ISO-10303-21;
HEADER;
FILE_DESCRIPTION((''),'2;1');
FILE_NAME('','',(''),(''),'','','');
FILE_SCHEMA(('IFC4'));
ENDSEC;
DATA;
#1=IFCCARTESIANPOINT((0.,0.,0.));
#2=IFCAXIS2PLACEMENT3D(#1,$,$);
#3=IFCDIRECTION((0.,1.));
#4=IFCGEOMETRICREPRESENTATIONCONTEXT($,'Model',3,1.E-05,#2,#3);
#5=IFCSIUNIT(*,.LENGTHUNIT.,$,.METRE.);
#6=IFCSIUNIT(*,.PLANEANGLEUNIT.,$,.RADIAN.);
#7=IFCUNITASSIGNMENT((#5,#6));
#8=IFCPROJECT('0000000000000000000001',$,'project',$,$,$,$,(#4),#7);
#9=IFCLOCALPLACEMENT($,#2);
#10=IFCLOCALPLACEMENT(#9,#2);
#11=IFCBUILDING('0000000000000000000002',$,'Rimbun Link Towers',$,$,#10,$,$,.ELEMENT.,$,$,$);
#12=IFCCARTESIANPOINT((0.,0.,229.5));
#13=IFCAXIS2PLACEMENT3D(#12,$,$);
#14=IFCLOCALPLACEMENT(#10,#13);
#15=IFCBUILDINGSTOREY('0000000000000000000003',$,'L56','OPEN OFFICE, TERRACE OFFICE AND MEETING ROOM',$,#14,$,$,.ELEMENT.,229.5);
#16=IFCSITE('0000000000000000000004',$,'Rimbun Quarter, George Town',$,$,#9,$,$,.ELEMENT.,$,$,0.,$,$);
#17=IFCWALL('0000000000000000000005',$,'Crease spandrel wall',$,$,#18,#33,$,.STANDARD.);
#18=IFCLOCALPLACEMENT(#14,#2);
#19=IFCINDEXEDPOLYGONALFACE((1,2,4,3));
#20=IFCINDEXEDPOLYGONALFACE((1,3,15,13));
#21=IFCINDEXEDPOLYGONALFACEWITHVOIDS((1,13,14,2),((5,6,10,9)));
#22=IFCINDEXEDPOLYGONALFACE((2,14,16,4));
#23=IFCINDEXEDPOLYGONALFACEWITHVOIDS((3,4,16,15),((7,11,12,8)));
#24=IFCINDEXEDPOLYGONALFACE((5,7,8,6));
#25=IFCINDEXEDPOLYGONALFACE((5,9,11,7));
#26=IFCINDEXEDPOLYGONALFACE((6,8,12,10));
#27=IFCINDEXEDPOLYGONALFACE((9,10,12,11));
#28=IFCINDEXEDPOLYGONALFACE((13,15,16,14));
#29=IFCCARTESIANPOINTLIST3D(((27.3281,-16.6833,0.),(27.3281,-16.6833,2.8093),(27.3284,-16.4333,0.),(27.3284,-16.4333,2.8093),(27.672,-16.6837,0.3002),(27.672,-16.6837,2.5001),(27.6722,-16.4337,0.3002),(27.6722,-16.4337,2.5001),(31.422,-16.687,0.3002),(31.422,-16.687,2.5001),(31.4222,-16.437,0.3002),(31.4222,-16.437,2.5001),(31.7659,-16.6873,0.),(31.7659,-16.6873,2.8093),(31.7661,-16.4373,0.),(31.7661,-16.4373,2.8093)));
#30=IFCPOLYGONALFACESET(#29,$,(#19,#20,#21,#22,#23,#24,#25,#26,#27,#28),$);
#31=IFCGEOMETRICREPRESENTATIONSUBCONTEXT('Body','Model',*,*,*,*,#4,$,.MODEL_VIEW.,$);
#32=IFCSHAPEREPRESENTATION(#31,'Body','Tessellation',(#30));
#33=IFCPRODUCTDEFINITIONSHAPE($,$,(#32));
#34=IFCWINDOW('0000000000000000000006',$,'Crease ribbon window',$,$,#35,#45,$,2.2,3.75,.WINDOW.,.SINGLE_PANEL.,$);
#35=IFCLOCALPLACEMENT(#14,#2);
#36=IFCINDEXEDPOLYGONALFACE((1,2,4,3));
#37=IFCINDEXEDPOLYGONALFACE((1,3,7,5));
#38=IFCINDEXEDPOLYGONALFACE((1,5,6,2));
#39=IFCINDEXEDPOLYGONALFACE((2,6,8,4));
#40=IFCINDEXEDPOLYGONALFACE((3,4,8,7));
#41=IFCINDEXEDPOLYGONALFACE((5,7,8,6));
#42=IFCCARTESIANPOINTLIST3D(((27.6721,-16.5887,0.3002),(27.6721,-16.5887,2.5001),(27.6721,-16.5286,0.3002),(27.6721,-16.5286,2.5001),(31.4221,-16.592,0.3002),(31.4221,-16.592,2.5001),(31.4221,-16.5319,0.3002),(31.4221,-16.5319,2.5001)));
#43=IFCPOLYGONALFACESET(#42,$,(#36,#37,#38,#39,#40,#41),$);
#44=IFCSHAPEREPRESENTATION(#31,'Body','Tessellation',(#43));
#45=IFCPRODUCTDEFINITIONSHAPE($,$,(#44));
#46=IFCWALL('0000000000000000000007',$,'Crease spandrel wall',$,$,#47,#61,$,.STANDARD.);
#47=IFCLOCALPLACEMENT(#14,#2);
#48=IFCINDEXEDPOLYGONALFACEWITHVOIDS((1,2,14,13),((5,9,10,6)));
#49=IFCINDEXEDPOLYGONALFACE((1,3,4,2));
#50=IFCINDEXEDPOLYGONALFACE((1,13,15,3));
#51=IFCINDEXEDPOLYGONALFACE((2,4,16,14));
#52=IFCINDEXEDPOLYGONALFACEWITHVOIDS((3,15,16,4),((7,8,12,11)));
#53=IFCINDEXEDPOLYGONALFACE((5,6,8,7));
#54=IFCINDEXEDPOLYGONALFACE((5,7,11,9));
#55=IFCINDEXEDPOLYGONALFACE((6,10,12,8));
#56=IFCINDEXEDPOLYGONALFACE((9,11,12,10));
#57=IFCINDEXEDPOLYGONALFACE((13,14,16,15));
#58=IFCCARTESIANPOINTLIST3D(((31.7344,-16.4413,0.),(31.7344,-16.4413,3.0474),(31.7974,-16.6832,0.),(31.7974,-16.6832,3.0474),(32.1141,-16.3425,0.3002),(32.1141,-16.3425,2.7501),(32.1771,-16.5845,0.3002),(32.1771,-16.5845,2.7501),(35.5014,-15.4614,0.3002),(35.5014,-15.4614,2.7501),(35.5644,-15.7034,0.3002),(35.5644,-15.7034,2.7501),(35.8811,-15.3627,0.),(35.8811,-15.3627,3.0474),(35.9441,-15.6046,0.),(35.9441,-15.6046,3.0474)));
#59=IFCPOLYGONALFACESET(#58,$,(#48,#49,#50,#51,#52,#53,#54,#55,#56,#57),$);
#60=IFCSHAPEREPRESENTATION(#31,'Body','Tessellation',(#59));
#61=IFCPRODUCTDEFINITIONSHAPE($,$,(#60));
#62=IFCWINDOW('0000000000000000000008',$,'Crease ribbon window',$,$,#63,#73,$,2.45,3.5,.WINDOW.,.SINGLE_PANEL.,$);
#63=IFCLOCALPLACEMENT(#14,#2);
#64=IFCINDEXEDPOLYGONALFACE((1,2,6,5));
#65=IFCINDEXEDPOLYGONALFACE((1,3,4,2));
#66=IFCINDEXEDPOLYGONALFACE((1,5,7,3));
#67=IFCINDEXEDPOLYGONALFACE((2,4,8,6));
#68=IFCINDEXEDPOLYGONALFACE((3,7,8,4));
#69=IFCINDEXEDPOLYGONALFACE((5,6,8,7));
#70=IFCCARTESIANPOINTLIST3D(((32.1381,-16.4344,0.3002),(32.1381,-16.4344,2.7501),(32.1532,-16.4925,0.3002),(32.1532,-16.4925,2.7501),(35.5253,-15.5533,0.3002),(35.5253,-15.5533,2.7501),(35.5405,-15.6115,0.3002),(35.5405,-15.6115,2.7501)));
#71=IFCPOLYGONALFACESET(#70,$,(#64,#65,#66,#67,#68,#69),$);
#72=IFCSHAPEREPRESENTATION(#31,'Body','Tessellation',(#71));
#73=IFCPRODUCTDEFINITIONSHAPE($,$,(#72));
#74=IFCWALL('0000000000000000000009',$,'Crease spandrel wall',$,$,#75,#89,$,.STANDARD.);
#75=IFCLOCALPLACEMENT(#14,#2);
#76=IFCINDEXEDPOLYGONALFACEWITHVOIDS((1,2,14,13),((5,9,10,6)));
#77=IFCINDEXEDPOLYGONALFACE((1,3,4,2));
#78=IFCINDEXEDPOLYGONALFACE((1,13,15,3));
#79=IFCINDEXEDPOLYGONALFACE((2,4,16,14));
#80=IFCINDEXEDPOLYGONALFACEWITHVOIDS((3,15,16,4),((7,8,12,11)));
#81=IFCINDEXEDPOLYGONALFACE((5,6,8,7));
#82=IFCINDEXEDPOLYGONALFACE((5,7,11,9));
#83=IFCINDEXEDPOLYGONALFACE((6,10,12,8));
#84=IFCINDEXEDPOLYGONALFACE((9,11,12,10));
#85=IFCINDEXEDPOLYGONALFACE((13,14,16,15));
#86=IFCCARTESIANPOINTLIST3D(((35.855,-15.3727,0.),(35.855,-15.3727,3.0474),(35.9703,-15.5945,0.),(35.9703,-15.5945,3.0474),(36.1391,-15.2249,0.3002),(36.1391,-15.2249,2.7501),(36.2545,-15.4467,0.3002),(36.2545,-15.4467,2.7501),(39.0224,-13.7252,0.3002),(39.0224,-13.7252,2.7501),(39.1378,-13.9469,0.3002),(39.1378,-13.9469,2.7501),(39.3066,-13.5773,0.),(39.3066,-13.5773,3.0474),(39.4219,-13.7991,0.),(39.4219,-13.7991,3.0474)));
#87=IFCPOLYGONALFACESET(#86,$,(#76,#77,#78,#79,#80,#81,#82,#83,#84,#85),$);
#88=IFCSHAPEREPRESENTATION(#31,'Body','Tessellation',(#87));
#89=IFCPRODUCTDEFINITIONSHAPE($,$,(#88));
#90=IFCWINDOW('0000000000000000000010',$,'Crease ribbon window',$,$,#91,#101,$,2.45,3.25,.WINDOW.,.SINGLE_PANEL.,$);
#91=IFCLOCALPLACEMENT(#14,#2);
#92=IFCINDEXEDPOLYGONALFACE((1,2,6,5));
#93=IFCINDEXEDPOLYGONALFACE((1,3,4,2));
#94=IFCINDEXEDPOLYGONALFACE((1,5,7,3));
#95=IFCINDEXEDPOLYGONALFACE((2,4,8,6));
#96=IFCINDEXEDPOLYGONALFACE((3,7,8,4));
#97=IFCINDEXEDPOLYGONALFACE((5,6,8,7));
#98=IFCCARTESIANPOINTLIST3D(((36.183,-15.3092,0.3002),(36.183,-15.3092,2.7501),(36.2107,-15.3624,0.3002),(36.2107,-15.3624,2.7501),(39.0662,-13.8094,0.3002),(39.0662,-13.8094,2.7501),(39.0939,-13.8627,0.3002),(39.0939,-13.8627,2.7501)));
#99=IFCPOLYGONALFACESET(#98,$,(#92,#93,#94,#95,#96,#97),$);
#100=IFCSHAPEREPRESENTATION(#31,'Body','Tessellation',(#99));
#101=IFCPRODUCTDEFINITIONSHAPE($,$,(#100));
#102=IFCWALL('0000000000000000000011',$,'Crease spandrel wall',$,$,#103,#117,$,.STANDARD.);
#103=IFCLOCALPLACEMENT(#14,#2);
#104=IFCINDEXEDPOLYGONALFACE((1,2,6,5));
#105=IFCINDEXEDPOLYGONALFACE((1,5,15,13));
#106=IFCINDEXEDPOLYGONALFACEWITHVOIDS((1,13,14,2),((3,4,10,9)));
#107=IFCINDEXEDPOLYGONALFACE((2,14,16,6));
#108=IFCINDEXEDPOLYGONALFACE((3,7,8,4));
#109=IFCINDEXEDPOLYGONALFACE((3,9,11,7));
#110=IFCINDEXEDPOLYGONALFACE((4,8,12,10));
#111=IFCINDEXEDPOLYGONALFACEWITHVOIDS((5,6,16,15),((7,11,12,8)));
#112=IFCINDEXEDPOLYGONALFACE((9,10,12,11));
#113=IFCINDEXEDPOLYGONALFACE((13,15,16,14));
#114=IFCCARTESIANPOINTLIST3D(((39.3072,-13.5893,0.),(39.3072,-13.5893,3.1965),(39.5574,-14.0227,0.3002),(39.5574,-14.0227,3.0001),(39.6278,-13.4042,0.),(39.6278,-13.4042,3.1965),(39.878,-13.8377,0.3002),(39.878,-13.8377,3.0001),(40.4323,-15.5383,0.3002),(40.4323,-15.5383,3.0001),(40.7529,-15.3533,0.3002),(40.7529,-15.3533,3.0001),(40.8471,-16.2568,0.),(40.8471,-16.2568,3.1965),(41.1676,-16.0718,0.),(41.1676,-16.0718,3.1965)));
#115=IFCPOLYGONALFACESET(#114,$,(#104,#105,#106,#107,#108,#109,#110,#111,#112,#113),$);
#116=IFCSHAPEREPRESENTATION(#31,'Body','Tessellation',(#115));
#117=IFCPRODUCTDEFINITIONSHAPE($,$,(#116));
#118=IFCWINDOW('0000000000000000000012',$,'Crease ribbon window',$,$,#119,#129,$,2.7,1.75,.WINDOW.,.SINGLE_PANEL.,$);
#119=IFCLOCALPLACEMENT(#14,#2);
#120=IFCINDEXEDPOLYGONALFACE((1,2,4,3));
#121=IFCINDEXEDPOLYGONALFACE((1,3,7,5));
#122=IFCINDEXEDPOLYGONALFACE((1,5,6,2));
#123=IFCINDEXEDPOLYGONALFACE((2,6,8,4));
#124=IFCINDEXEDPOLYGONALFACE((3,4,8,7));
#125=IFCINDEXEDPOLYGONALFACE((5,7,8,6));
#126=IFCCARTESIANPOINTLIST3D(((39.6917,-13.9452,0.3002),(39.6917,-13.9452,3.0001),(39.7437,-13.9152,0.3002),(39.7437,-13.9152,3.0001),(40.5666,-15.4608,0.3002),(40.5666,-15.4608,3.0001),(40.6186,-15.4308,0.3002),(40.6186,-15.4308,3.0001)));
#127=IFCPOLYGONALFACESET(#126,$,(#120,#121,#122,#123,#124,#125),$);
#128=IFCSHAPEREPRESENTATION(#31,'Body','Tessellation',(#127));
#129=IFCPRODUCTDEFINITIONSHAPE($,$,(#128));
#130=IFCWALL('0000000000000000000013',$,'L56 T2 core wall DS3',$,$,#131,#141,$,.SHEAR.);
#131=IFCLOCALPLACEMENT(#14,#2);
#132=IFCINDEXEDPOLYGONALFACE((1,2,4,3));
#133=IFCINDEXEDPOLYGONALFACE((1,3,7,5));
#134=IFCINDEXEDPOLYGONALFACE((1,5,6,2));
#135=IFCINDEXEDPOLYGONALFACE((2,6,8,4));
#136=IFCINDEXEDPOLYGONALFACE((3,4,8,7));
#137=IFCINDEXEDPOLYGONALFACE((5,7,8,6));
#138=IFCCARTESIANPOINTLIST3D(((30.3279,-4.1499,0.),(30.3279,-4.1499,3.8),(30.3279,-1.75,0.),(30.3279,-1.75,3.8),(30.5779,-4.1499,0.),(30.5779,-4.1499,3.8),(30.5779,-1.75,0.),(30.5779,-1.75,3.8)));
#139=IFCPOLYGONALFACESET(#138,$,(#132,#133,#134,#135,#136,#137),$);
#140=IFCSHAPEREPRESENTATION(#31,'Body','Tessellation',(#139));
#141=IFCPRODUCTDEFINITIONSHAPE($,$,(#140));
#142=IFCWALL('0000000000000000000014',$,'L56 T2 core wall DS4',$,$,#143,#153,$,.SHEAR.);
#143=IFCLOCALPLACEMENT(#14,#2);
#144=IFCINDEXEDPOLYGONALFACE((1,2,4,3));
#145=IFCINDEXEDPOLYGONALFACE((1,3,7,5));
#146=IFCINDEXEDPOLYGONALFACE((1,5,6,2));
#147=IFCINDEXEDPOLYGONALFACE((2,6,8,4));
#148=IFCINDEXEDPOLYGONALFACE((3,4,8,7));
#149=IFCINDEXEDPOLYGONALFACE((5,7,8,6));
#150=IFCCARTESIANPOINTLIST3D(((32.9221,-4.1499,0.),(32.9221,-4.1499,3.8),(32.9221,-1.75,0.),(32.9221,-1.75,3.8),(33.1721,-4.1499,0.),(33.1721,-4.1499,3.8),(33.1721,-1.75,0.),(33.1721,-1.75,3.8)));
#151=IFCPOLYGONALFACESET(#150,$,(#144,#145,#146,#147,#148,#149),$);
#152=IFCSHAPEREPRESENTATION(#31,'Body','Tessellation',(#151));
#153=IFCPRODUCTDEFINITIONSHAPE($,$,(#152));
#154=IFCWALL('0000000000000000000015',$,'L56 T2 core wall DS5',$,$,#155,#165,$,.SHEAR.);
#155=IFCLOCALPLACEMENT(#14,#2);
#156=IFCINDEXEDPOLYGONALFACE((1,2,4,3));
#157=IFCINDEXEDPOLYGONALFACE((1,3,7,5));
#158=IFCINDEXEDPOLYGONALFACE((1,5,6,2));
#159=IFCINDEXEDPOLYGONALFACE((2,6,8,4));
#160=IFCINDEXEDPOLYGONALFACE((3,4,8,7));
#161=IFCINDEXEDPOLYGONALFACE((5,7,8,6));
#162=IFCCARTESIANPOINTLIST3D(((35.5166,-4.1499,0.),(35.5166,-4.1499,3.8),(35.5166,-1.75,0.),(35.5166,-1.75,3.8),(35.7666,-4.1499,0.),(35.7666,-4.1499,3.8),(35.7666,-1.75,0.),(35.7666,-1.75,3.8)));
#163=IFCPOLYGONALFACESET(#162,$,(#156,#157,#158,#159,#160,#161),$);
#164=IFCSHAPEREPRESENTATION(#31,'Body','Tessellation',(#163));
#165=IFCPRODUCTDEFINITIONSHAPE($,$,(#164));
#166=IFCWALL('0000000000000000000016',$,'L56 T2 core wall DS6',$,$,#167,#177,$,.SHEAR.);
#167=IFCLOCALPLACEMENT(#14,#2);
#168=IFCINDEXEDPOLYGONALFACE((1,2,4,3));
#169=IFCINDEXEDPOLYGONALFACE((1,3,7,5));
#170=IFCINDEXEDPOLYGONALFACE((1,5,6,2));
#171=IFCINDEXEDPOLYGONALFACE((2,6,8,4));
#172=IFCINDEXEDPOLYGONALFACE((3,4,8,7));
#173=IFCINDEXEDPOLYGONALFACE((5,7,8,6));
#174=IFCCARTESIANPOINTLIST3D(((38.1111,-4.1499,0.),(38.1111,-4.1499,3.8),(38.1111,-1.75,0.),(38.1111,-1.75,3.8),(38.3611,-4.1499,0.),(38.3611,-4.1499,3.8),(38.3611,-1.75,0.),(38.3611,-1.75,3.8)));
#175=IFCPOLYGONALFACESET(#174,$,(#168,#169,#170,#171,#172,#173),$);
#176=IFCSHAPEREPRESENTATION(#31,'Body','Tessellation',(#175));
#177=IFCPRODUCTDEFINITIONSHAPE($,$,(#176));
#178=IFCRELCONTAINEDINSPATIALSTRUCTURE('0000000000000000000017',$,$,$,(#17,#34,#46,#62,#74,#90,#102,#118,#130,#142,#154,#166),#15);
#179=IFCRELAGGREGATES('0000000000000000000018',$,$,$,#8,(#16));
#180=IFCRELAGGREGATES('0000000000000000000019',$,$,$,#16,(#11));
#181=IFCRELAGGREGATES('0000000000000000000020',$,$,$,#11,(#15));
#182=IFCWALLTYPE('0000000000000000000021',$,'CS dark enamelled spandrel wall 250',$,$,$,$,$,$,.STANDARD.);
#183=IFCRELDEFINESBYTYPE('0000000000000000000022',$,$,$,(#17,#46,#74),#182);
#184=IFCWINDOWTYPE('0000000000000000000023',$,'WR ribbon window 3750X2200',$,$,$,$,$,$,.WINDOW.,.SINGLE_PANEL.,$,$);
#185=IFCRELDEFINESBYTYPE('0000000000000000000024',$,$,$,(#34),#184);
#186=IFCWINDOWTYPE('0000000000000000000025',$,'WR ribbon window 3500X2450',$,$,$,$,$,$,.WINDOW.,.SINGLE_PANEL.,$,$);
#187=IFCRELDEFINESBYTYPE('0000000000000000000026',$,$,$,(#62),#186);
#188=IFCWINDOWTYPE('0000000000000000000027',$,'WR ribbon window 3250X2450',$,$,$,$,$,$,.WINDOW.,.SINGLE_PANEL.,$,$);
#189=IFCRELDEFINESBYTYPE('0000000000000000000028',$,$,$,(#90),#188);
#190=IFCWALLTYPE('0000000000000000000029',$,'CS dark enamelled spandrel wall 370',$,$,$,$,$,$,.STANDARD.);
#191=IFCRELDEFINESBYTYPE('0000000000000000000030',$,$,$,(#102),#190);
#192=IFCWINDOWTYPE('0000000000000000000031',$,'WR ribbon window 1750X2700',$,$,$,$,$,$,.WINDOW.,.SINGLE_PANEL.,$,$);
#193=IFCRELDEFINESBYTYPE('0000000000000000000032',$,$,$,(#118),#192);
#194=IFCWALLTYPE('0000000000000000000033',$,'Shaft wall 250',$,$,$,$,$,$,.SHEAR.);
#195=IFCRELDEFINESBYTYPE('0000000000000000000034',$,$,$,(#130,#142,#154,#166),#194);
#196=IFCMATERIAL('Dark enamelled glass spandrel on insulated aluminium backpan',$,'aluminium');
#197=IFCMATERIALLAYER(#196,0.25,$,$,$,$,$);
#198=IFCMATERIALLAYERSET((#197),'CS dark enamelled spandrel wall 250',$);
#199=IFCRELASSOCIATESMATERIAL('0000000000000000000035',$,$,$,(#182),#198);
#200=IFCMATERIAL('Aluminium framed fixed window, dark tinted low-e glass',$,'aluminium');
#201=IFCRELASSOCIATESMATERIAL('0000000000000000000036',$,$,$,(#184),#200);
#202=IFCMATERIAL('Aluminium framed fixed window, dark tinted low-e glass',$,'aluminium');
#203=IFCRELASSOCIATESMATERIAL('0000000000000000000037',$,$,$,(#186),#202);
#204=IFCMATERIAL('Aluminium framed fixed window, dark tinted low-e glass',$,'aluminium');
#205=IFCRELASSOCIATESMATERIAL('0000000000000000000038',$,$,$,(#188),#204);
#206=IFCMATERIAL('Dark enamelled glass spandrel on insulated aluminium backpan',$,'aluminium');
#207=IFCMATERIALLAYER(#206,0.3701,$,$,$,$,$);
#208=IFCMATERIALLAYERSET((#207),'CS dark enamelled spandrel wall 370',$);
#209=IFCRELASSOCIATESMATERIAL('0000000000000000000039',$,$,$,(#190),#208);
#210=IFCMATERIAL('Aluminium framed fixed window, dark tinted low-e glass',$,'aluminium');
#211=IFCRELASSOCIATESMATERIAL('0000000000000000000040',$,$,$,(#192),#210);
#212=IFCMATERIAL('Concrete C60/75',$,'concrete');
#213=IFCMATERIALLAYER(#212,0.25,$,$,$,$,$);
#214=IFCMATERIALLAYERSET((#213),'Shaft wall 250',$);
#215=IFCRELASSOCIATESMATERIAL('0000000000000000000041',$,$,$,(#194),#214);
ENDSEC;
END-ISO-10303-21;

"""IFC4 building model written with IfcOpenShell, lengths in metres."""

from ifc_helpers import new_model, si_unit, direction, frame, frame_2d, origin, place, context, subcontext, project, spatial, rectangle, extrude, material, layer, layer_set, type_object, element, fill, save


model = new_model("IFC4")

# Units and contexts
model_context = context("Model", 3, precision=1e-05, world=origin(), true_north=direction((0.0, 1.0)))
body_context = subcontext(model_context, "Body", "Model", "MODEL_VIEW")
ifc_project = project(units=[si_unit("LENGTHUNIT", "METRE"), si_unit("PLANEANGLEUNIT", "RADIAN")], contexts=[model_context])

# Site, building, storey
site_placement = place(None, origin())
site = spatial("IfcSite", under=ifc_project, at=site_placement, Name="Rimbun Quarter, George Town", CompositionType="ELEMENT", RefElevation=0.0)
building_placement = place(site_placement, origin())
building = spatial("IfcBuilding", under=site, at=building_placement, Name="Rimbun Link Towers", CompositionType="ELEMENT")
storey_placement = place(building_placement, frame((0.0, 0.0, 229.5)))
storey = spatial("IfcBuildingStorey", under=building, at=storey_placement, Name="L56", Description="OPEN OFFICE, TERRACE OFFICE AND MEETING ROOM", CompositionType="ELEMENT", Elevation=229.5)

# Walls, openings, windows
ifc_material_1 = material(Name="Dark enamelled glass spandrel on insulated aluminium backpan", Category="aluminium")
ifc_layer_1 = layer(ifc_material_1, 0.25)
ifc_layer_set_1 = layer_set([ifc_layer_1], Name="CS dark enamelled spandrel wall 250")
wall_type_1 = type_object("IfcWallType", Name="CS dark enamelled spandrel wall 250", PredefinedType="STANDARD", material=ifc_layer_set_1)
wall_1_placement = place(storey_placement, frame((31.7659, -16.5623, 0.0), z_axis=(0.0, 0.0, 1.0), x_axis=(-1.0, 0.00088, 0.0)))
wall_1 = element("IfcWall", 1, at=wall_1_placement, inside=storey, type_object=wall_type_1, Name="Crease spandrel wall", PredefinedType="STANDARD", context=body_context, shape_type="SweptSolid", body=[
    extrude(rectangle(XDim=4.4377, YDim=0.25, at=frame_2d((2.2188, 0.0))), origin(), (0.0, 0.0, 1.0), 2.8093),
])
opening_1_placement = place(wall_1_placement, frame((0.3438, 0.0, 0.3)))
opening_1 = element("IfcOpeningElement", 2, at=opening_1_placement, cuts=wall_1, PredefinedType="OPENING", context=body_context, shape_type="SweptSolid", body=[
    extrude(rectangle(XDim=3.75, YDim=2.2, at=frame_2d((1.875, 1.1001))), frame((0.0, 0.135, 0.0), z_axis=(0.0, -1.0, 0.0), x_axis=(1.0, 0.0, 0.0)), (0.0, 0.0, 1.0), 0.27),
])
ifc_material_2 = material(Name="Aluminium framed fixed window, dark tinted low-e glass", Category="aluminium")
window_type_1 = type_object("IfcWindowType", Name="WR ribbon window 3750X2200", PartitioningType="SINGLE_PANEL", PredefinedType="WINDOW", material=ifc_material_2)
window_1_placement = place(opening_1_placement, origin())
window_1 = element("IfcWindow", 3, at=window_1_placement, inside=storey, type_object=window_type_1, Name="Crease ribbon window", OverallHeight=2.2, OverallWidth=3.75, PartitioningType="SINGLE_PANEL", PredefinedType="WINDOW", context=body_context, shape_type="SweptSolid", body=[
    extrude(rectangle(XDim=3.75, YDim=2.2, at=frame_2d((1.875, 1.1001))), frame((0.0, 0.03, 0.0), z_axis=(0.0, -1.0, 0.0), x_axis=(1.0, 0.0, 0.0)), (0.0, 0.0, 1.0), 0.0601),
])
fill(opening_1, window_1)
wall_2_placement = place(storey_placement, frame((35.9126, -15.4836, 0.0), z_axis=(0.0, 0.0, 1.0), x_axis=(-0.967796, -0.251735, 0.0)))
wall_2 = element("IfcWall", 4, at=wall_2_placement, inside=storey, type_object=wall_type_1, Name="Crease spandrel wall", PredefinedType="STANDARD", context=body_context, shape_type="SweptSolid", body=[
    extrude(rectangle(XDim=4.2847, YDim=0.25, at=frame_2d((2.1423, 0.0))), origin(), (0.0, 0.0, 1.0), 3.0474),
])
opening_2_placement = place(wall_2_placement, frame((0.3923, 0.0, 0.3)))
opening_2 = element("IfcOpeningElement", 5, at=opening_2_placement, cuts=wall_2, PredefinedType="OPENING", context=body_context, shape_type="SweptSolid", body=[
    extrude(rectangle(XDim=3.5, YDim=2.45, at=frame_2d((1.75, 1.2251))), frame((0.0, 0.135, 0.0), z_axis=(0.0, -1.0, 0.0), x_axis=(1.0, 0.0, 0.0)), (0.0, 0.0, 1.0), 0.27),
])
ifc_material_3 = material(Name="Aluminium framed fixed window, dark tinted low-e glass", Category="aluminium")
window_type_2 = type_object("IfcWindowType", Name="WR ribbon window 3500X2450", PartitioningType="SINGLE_PANEL", PredefinedType="WINDOW", material=ifc_material_3)
window_2_placement = place(opening_2_placement, origin())
window_2 = element("IfcWindow", 6, at=window_2_placement, inside=storey, type_object=window_type_2, Name="Crease ribbon window", OverallHeight=2.45, OverallWidth=3.5, PartitioningType="SINGLE_PANEL", PredefinedType="WINDOW", context=body_context, shape_type="SweptSolid", body=[
    extrude(rectangle(XDim=3.5, YDim=2.45, at=frame_2d((1.75, 1.2251))), frame((0.0, 0.03, 0.0), z_axis=(0.0, -1.0, 0.0), x_axis=(1.0, 0.0, 0.0)), (0.0, 0.0, 1.0), 0.0601),
])
fill(opening_2, window_2)
wall_3_placement = place(storey_placement, frame((39.3643, -13.6882, 0.0), z_axis=(0.0, 0.0, 1.0), x_axis=(-0.887159, -0.461463, 0.0)))
wall_3 = element("IfcWall", 7, at=wall_3_placement, inside=storey, type_object=wall_type_1, Name="Crease spandrel wall", PredefinedType="STANDARD", context=body_context, shape_type="SweptSolid", body=[
    extrude(rectangle(XDim=3.8906, YDim=0.25, at=frame_2d((1.9453, 0.0))), origin(), (0.0, 0.0, 1.0), 3.0474),
])
opening_3_placement = place(wall_3_placement, frame((0.3203, 0.0, 0.3)))
opening_3 = element("IfcOpeningElement", 8, at=opening_3_placement, cuts=wall_3, PredefinedType="OPENING", context=body_context, shape_type="SweptSolid", body=[
    extrude(rectangle(XDim=3.25, YDim=2.45, at=frame_2d((1.625, 1.2251))), frame((0.0, 0.135, 0.0), z_axis=(0.0, -1.0, 0.0), x_axis=(1.0, 0.0, 0.0)), (0.0, 0.0, 1.0), 0.27),
])
ifc_material_4 = material(Name="Aluminium framed fixed window, dark tinted low-e glass", Category="aluminium")
window_type_3 = type_object("IfcWindowType", Name="WR ribbon window 3250X2450", PartitioningType="SINGLE_PANEL", PredefinedType="WINDOW", material=ifc_material_4)
window_3_placement = place(opening_3_placement, origin())
window_3 = element("IfcWindow", 9, at=window_3_placement, inside=storey, type_object=window_type_3, Name="Crease ribbon window", OverallHeight=2.45, OverallWidth=3.25, PartitioningType="SINGLE_PANEL", PredefinedType="WINDOW", context=body_context, shape_type="SweptSolid", body=[
    extrude(rectangle(XDim=3.25, YDim=2.45, at=frame_2d((1.625, 1.2251))), frame((0.0, 0.03, 0.0), z_axis=(0.0, -1.0, 0.0), x_axis=(1.0, 0.0, 0.0)), (0.0, 0.0, 1.0), 0.0601),
])
fill(opening_3, window_3)
ifc_material_5 = material(Name="Dark enamelled glass spandrel on insulated aluminium backpan", Category="aluminium")
ifc_layer_2 = layer(ifc_material_5, 0.3701)
ifc_layer_set_2 = layer_set([ifc_layer_2], Name="CS dark enamelled spandrel wall 370")
wall_type_2 = type_object("IfcWallType", Name="CS dark enamelled spandrel wall 370", PredefinedType="STANDARD", material=ifc_layer_set_2)
wall_4_placement = place(storey_placement, frame((41.0073, -16.1643, 0.0), z_axis=(0.0, 0.0, 1.0), x_axis=(-0.499933, 0.866064, 0.0)))
wall_4 = element("IfcWall", 10, at=wall_4_placement, inside=storey, type_object=wall_type_2, Name="Crease spandrel wall", PredefinedType="STANDARD", context=body_context, shape_type="SweptSolid", body=[
    extrude(rectangle(XDim=3.0801, YDim=0.3701, at=frame_2d((1.54, 0.0))), origin(), (0.0, 0.0, 1.0), 3.1965),
])
opening_4_placement = place(wall_4_placement, frame((0.8296, 0.0, 0.3)))
opening_4 = element("IfcOpeningElement", 11, at=opening_4_placement, cuts=wall_4, PredefinedType="OPENING", context=body_context, shape_type="SweptSolid", body=[
    extrude(rectangle(XDim=1.75, YDim=2.7, at=frame_2d((0.875, 1.3501))), frame((0.0, 0.1951, 0.0), z_axis=(0.0, -1.0, 0.0), x_axis=(1.0, 0.0, 0.0)), (0.0, 0.0, 1.0), 0.3901),
])
ifc_material_6 = material(Name="Aluminium framed fixed window, dark tinted low-e glass", Category="aluminium")
window_type_4 = type_object("IfcWindowType", Name="WR ribbon window 1750X2700", PartitioningType="SINGLE_PANEL", PredefinedType="WINDOW", material=ifc_material_6)
window_4_placement = place(opening_4_placement, origin())
window_4 = element("IfcWindow", 12, at=window_4_placement, inside=storey, type_object=window_type_4, Name="Crease ribbon window", OverallHeight=2.7, OverallWidth=1.75, PartitioningType="SINGLE_PANEL", PredefinedType="WINDOW", context=body_context, shape_type="SweptSolid", body=[
    extrude(rectangle(XDim=1.75, YDim=2.7, at=frame_2d((0.875, 1.3501))), frame((0.0, 0.03, 0.0), z_axis=(0.0, -1.0, 0.0), x_axis=(1.0, 0.0, 0.0)), (0.0, 0.0, 1.0), 0.0601),
])
fill(opening_4, window_4)

# Walls
ifc_material_7 = material(Name="Concrete C60/75", Category="concrete")
ifc_layer_3 = layer(ifc_material_7, 0.25)
ifc_layer_set_3 = layer_set([ifc_layer_3], Name="Shaft wall 250")
wall_type_3 = type_object("IfcWallType", Name="Shaft wall 250", PredefinedType="SHEAR", material=ifc_layer_set_3)
for number, where, z_axis, x_axis, name in (
    (13, (30.4529, -4.1499, 0.0), (0.0, 0.0, 1.0), (0.0, 1.0, 0.0), "L56 T2 core wall DS3"),
    (14, (33.0471, -4.1499, 0.0), (0.0, 0.0, 1.0), (0.0, 1.0, 0.0), "L56 T2 core wall DS4"),
    (15, (35.6416, -4.1499, 0.0), (0.0, 0.0, 1.0), (0.0, 1.0, 0.0), "L56 T2 core wall DS5"),
    (16, (38.2361, -4.1499, 0.0), (0.0, 0.0, 1.0), (0.0, 1.0, 0.0), "L56 T2 core wall DS6"),
):
    element("IfcWall", number, at=place(storey_placement, frame(where, z_axis=z_axis, x_axis=x_axis)), inside=storey, type_object=wall_type_3, Name=name, PredefinedType="SHEAR", context=body_context, shape_type="SweptSolid", body=[
        extrude(rectangle(XDim=2.3999, YDim=0.25, at=frame_2d((1.2, 0.0))), origin(), (0.0, 0.0, 1.0), 3.8),
    ])

save(model, "model.ifc")
